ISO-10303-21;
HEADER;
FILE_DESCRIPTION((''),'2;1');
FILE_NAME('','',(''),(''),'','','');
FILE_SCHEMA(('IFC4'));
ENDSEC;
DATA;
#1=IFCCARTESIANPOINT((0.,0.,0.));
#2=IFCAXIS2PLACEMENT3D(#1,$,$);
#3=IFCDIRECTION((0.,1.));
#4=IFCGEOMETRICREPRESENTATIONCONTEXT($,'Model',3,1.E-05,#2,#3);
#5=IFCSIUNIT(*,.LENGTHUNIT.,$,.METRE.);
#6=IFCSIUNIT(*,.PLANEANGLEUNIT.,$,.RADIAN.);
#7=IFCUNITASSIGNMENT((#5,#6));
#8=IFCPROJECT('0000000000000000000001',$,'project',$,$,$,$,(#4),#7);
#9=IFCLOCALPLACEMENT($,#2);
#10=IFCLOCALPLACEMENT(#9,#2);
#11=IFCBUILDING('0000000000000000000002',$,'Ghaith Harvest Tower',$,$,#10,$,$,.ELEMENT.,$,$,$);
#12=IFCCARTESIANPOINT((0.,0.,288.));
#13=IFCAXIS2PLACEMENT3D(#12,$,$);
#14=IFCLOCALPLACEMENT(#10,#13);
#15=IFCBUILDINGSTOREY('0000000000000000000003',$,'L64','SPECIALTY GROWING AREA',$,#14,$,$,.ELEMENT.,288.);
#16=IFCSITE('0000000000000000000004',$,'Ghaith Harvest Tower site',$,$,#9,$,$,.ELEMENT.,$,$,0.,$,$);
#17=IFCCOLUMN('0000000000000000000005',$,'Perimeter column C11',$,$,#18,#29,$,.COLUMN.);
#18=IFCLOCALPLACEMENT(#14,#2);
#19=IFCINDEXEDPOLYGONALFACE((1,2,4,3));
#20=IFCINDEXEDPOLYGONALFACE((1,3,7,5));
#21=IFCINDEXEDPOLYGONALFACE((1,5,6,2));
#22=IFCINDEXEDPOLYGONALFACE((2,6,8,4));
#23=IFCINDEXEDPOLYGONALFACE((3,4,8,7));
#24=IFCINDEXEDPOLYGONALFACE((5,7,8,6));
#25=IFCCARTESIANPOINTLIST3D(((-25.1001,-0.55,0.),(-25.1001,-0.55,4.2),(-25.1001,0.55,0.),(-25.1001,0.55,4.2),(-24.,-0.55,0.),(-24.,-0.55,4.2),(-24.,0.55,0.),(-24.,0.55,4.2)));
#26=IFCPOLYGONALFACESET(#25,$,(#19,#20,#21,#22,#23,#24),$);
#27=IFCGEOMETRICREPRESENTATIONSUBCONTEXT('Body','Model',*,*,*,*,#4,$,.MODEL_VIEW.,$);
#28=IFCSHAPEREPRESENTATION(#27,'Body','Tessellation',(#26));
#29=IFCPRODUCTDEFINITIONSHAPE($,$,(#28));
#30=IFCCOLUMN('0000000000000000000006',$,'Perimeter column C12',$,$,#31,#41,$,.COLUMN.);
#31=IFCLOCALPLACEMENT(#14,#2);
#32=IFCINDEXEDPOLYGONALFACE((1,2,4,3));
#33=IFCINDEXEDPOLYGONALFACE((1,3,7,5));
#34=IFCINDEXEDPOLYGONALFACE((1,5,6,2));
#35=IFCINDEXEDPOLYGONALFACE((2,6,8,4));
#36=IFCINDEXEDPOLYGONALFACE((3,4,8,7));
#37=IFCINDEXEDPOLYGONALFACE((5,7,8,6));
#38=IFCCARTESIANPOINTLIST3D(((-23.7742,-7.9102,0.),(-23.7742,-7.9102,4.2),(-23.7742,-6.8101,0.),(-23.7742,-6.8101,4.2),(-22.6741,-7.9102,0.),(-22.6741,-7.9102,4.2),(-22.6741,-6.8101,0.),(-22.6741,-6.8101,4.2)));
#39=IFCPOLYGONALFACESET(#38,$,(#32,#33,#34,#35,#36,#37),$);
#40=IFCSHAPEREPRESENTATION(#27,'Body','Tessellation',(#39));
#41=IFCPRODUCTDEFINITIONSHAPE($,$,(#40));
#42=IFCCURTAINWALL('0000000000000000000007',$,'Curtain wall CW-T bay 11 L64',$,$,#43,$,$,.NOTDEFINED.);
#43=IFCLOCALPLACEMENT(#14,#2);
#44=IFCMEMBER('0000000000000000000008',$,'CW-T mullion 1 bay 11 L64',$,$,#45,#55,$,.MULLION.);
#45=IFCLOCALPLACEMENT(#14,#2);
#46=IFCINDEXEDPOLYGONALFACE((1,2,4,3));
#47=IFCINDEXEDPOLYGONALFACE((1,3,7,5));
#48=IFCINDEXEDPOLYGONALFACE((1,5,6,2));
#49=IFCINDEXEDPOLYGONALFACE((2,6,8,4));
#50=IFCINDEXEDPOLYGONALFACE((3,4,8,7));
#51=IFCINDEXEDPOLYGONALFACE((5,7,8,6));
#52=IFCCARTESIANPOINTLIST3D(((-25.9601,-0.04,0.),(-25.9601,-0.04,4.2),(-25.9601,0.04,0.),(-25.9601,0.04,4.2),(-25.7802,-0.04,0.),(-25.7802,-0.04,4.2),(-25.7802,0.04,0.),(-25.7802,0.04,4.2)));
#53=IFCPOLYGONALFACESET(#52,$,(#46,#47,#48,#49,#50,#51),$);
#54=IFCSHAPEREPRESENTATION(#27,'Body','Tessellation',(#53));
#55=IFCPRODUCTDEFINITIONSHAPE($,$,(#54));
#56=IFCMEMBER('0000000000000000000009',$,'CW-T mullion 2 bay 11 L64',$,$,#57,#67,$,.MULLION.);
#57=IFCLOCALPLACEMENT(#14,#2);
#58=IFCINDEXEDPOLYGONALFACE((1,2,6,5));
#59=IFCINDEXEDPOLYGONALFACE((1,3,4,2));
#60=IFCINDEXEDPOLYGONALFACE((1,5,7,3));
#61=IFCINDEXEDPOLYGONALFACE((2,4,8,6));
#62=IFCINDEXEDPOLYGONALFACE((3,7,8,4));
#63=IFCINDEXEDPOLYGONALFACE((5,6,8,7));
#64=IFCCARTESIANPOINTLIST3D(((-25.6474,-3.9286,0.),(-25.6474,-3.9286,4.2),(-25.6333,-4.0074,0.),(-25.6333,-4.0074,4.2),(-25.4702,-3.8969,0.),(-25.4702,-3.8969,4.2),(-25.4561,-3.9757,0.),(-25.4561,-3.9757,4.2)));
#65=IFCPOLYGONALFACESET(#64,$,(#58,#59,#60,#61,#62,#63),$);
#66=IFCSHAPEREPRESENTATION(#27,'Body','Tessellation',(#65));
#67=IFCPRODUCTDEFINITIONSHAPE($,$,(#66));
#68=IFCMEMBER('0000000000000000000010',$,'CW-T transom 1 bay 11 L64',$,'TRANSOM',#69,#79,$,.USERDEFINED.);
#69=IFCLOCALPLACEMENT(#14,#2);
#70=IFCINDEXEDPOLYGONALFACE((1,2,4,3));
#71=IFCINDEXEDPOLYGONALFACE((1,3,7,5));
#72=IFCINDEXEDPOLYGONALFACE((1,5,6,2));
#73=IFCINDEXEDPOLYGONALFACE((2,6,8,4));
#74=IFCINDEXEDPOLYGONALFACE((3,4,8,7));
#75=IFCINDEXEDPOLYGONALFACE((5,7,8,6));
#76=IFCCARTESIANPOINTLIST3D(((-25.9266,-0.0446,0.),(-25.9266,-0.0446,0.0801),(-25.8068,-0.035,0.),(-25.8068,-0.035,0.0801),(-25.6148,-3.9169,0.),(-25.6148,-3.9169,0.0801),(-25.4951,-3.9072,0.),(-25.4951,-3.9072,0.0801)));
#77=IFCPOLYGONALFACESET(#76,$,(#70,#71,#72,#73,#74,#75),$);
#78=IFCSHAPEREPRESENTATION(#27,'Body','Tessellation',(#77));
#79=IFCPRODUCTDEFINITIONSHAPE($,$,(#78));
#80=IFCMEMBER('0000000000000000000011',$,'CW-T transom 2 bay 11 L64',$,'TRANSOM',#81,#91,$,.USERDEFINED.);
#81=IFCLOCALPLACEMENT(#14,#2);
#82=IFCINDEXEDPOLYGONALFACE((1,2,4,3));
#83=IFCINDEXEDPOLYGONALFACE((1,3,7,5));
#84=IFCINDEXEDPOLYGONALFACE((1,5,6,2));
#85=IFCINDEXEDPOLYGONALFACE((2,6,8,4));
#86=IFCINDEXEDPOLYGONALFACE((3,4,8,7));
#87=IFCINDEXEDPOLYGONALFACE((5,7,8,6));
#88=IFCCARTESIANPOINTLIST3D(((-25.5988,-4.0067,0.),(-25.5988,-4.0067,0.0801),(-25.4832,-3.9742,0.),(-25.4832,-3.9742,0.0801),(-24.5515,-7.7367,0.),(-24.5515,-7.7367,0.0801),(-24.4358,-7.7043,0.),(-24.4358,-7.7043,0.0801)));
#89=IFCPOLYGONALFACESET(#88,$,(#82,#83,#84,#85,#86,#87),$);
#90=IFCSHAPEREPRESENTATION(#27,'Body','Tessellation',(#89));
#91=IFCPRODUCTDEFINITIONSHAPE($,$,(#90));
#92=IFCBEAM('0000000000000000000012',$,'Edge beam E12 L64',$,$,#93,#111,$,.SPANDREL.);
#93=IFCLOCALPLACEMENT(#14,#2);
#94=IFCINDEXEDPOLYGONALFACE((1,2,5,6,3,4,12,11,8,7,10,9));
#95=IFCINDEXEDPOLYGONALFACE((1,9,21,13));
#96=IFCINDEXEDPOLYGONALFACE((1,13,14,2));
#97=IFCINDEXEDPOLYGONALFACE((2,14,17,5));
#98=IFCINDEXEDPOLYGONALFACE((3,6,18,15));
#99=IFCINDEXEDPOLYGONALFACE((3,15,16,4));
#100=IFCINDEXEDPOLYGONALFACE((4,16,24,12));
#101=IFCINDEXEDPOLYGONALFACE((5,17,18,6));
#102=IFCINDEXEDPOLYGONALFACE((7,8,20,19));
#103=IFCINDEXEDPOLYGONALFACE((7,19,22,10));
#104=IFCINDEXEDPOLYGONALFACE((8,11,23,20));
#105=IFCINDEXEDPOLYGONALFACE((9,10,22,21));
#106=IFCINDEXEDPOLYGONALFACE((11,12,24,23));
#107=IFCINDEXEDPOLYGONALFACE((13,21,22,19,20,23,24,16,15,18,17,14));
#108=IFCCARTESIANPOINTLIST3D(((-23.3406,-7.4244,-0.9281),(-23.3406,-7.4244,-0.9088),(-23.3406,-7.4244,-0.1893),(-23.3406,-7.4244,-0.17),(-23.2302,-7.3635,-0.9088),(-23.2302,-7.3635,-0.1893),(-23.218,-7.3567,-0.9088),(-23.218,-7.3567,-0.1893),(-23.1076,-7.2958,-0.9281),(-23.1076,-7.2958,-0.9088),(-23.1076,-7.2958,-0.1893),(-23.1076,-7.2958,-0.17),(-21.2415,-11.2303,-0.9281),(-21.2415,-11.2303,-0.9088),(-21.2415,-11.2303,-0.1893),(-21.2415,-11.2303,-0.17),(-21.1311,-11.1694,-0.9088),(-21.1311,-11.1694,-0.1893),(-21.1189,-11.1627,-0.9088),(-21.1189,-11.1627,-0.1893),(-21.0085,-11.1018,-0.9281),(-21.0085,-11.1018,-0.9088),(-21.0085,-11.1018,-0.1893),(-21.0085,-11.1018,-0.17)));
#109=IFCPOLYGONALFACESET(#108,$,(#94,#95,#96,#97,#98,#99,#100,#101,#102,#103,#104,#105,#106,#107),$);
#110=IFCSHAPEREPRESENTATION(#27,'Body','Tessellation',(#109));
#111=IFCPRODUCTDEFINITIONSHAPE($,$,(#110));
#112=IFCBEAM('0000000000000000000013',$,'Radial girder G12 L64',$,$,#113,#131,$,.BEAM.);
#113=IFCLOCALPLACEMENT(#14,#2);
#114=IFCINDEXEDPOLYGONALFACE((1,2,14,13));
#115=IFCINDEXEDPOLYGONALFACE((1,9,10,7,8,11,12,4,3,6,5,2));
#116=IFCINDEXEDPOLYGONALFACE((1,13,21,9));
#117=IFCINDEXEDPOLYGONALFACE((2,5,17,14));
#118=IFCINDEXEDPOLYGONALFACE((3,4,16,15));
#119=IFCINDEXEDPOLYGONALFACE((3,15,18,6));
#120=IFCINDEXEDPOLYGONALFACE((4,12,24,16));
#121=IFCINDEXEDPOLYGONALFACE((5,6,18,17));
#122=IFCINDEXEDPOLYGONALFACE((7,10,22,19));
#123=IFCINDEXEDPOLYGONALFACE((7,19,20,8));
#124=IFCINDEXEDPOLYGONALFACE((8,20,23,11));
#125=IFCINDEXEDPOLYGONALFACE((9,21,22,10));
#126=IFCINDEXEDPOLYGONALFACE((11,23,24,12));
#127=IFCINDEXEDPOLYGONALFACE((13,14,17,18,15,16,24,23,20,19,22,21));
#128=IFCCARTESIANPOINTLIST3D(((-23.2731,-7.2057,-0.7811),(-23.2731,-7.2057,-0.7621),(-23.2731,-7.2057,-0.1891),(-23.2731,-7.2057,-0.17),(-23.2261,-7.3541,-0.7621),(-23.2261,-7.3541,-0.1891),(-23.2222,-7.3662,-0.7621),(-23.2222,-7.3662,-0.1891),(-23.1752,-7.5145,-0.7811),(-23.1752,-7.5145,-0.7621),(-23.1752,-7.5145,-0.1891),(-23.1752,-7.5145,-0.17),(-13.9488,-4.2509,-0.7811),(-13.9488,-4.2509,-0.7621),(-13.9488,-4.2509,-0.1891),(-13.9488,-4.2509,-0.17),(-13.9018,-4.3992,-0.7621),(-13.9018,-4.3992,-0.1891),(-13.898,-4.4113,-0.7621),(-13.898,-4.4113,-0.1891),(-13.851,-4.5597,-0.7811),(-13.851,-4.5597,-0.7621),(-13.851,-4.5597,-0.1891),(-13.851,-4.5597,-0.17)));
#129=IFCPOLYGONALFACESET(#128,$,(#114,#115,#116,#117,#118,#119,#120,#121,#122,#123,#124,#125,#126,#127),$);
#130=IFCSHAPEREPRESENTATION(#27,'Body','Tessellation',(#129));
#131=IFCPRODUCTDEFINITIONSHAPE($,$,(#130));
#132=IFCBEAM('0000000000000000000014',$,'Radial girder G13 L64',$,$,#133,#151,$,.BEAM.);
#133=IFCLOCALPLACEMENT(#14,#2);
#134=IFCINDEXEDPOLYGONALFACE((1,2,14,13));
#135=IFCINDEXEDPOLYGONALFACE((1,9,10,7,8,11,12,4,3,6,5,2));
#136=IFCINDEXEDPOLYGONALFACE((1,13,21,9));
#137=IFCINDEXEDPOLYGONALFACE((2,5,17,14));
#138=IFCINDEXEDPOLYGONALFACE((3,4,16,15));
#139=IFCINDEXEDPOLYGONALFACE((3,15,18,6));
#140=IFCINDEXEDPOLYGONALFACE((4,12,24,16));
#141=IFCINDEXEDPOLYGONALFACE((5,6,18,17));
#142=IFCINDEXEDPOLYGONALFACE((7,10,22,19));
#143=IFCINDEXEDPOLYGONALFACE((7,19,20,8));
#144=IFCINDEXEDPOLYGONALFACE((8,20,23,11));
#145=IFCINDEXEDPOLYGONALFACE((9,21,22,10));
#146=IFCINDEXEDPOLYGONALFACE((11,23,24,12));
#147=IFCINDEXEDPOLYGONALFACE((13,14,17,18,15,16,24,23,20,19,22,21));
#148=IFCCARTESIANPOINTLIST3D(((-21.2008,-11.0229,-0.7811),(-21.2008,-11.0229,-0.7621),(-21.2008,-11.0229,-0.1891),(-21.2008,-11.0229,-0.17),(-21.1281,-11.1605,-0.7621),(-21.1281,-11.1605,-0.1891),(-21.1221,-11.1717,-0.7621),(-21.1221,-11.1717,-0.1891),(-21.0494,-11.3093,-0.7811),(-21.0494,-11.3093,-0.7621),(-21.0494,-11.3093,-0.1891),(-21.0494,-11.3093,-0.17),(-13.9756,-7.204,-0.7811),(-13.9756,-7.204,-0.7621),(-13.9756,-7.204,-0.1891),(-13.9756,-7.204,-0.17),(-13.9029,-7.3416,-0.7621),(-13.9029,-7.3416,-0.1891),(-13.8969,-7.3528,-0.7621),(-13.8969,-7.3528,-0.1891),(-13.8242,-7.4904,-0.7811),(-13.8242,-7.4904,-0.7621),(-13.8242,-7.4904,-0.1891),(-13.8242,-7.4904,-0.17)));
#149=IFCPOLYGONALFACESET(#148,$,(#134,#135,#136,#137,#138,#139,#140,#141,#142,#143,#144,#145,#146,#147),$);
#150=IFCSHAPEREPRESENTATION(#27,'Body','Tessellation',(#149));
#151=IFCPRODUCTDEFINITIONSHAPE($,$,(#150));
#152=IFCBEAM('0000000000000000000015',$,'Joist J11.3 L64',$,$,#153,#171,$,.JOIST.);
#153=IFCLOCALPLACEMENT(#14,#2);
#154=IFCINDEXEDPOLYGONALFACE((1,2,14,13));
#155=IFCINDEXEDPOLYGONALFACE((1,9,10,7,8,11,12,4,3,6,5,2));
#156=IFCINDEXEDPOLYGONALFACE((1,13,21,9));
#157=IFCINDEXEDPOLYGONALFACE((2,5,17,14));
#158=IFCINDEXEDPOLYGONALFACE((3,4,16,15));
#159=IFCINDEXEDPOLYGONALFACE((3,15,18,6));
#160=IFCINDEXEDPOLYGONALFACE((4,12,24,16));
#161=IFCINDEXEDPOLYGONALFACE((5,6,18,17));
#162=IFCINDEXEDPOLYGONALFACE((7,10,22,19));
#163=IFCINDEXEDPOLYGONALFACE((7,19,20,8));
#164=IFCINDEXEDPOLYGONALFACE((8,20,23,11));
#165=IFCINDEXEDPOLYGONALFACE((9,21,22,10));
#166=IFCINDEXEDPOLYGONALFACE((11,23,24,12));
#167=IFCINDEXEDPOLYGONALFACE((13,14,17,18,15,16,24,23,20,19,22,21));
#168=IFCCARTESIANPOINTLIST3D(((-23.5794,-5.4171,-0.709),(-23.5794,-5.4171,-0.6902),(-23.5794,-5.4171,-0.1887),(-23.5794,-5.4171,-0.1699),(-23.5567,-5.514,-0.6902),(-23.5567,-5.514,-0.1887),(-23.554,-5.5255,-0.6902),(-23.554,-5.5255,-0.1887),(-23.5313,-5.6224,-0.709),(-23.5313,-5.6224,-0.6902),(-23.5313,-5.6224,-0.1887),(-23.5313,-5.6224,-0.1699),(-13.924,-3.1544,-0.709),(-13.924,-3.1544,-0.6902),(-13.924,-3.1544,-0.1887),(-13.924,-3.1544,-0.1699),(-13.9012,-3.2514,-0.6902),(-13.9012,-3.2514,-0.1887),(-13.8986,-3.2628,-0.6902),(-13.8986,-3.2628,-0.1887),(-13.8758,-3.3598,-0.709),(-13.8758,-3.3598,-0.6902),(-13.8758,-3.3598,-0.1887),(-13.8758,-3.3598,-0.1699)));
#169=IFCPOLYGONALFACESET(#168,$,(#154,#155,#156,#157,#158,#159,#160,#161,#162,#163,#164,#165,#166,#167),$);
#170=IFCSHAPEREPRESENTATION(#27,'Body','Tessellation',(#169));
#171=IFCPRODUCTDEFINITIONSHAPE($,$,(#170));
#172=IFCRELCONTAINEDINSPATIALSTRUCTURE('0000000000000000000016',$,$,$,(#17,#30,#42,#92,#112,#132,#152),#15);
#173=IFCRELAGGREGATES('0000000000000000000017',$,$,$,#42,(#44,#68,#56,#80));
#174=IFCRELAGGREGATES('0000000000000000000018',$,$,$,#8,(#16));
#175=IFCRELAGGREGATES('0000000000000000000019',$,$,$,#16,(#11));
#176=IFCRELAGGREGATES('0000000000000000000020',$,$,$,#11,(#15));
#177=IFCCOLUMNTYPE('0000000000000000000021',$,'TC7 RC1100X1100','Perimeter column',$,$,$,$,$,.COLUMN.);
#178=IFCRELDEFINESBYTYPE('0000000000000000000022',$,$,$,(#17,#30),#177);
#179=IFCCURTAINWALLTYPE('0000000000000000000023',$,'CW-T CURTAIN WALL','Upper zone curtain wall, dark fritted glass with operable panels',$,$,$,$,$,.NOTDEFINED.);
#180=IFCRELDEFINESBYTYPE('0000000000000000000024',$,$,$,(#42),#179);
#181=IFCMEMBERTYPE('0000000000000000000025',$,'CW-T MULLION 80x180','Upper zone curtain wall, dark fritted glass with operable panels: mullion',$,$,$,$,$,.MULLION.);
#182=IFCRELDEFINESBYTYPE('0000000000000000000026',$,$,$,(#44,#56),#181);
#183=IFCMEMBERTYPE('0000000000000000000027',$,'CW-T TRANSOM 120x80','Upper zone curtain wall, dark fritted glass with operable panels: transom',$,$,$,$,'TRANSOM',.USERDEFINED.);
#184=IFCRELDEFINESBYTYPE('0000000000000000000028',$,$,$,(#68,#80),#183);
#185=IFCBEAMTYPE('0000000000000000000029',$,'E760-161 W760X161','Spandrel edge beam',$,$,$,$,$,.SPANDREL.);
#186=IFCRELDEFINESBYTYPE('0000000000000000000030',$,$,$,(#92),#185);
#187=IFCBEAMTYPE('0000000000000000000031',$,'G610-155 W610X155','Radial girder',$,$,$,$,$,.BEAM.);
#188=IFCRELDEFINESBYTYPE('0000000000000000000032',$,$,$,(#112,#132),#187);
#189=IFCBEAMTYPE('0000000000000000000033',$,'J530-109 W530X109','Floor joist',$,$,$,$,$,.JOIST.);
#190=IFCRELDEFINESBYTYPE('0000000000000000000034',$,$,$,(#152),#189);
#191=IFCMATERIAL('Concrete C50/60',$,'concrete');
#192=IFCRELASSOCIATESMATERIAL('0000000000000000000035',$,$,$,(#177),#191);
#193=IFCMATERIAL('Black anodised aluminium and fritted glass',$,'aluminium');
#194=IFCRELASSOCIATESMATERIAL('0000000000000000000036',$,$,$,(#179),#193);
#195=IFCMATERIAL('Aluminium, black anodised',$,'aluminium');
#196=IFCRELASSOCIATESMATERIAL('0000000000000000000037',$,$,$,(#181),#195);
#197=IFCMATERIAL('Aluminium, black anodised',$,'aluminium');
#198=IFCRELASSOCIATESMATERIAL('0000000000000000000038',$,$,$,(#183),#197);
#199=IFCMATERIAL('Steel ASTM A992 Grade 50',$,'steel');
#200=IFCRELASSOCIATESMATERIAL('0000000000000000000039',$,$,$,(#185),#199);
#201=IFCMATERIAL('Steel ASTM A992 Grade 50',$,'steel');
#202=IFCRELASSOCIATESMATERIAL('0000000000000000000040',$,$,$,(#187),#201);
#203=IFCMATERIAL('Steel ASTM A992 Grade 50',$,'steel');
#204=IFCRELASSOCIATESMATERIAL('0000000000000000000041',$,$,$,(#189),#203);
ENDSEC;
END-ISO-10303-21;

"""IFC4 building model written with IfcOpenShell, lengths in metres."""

from ifc_helpers import new_model, si_unit, direction, frame, origin, origin_2d, place, context, subcontext, project, spatial, rectangle, i_section, extrude, material, material_profile, profile_set, type_object, element, aggregate, save


model = new_model("IFC4")

# Units and contexts
model_context = context("Model", 3, precision=1e-05, world=origin(), true_north=direction((0.0, 1.0)))
body_context = subcontext(model_context, "Body", "Model", "MODEL_VIEW")
ifc_project = project(units=[si_unit("LENGTHUNIT", "METRE"), si_unit("PLANEANGLEUNIT", "RADIAN")], contexts=[model_context])

# Site, building, storey
site_placement = place(None, origin())
site = spatial("IfcSite", under=ifc_project, at=site_placement, Name="Ghaith Harvest Tower site", CompositionType="ELEMENT", RefElevation=0.0)
building_placement = place(site_placement, origin())
building = spatial("IfcBuilding", under=site, at=building_placement, Name="Ghaith Harvest Tower", CompositionType="ELEMENT")
storey_placement = place(building_placement, frame((0.0, 0.0, 288.0)))
storey = spatial("IfcBuildingStorey", under=building, at=storey_placement, Name="L64", Description="SPECIALTY GROWING AREA", CompositionType="ELEMENT", Elevation=288.0)

# Columns
ifc_material_1 = material(Name="Concrete C50/60", Category="concrete")
ifc_material_profile_1 = material_profile(ifc_material_1, rectangle(XDim=1.1001, YDim=1.1001, at=origin_2d()), Name="RC1100X1100")
ifc_profile_set_1 = profile_set([ifc_material_profile_1], Name="Concrete C50/60")
column_type = type_object("IfcColumnType", Name="TC7 RC1100X1100", Description="Perimeter column", PredefinedType="COLUMN", material=ifc_profile_set_1)
for number, where, z_axis, x_axis, name in (
    (1, (-24.55, 0.0, 0.0), (0.0, 0.0, 1.0), (1.0, 0.0, 0.0), "Perimeter column C11"),
    (2, (-23.2241, -7.3601, 0.0), (0.0, 0.0, 1.0), (1.0, 0.0, 0.0), "Perimeter column C12"),
):
    element("IfcColumn", number, at=place(storey_placement, frame(where, z_axis=z_axis, x_axis=x_axis)), inside=storey, type_object=column_type, Name=name, PredefinedType="COLUMN", context=body_context, shape_type="SweptSolid", body=[
        extrude(rectangle(XDim=1.1001, YDim=1.1001, at=origin_2d()), origin(), (0.0, 0.0, 1.0), 4.2),
    ])

# Curtain wall, members
ifc_material_2 = material(Name="Black anodised aluminium and fritted glass", Category="aluminium")
curtain_wall_type = type_object("IfcCurtainWallType", Name="CW-T CURTAIN WALL", Description="Upper zone curtain wall, dark fritted glass with operable panels", PredefinedType="NOTDEFINED", material=ifc_material_2)
curtain_wall_placement = place(storey_placement, origin())
curtain_wall = element("IfcCurtainWall", 3, at=curtain_wall_placement, inside=storey, type_object=curtain_wall_type, Name="Curtain wall CW-T bay 11 L64", PredefinedType="NOTDEFINED")
ifc_material_3 = material(Name="Aluminium, black anodised", Category="aluminium")
ifc_material_profile_2 = material_profile(ifc_material_3, rectangle(XDim=0.0801, YDim=0.1799, at=origin_2d()), Name="CW-T MULLION 80x180")
ifc_profile_set_2 = profile_set([ifc_material_profile_2], Name="Aluminium, black anodised")
member_type_1 = type_object("IfcMemberType", Name="CW-T MULLION 80x180", Description="Upper zone curtain wall, dark fritted glass with operable panels: mullion", PredefinedType="MULLION", material=ifc_profile_set_2)
member_1_placement = place(storey_placement, frame((-25.8701, 0.0, 0.0), z_axis=(0.0, 0.0, 1.0), x_axis=(0.0, -1.0, 0.0)))
member_1 = element("IfcMember", 4, at=member_1_placement, type_object=member_type_1, Name="CW-T mullion 1 bay 11 L64", PredefinedType="MULLION", context=body_context, shape_type="SweptSolid", body=[
    extrude(rectangle(XDim=0.0801, YDim=0.1799, at=origin_2d()), origin(), (0.0, 0.0, 1.0), 4.2),
])
member_2_placement = place(storey_placement, frame((-25.5518, -3.9521, 0.0), z_axis=(0.0, 0.0, 1.0), x_axis=(0.176001, -0.98439, 0.0)))
member_2 = element("IfcMember", 5, at=member_2_placement, type_object=member_type_1, Name="CW-T mullion 2 bay 11 L64", PredefinedType="MULLION", context=body_context, shape_type="SweptSolid", body=[
    extrude(rectangle(XDim=0.0801, YDim=0.1799, at=origin_2d()), origin(), (0.0, 0.0, 1.0), 4.2),
])
ifc_material_4 = material(Name="Aluminium, black anodised", Category="aluminium")
ifc_material_profile_3 = material_profile(ifc_material_4, rectangle(XDim=0.1201, YDim=0.0801, at=origin_2d()), Name="CW-T TRANSOM 120x80")
ifc_profile_set_3 = profile_set([ifc_material_profile_3], Name="Aluminium, black anodised")
member_type_2 = type_object("IfcMemberType", Name="CW-T TRANSOM 120x80", Description="Upper zone curtain wall, dark fritted glass with operable panels: transom", ElementType="TRANSOM", PredefinedType="USERDEFINED", material=ifc_profile_set_3)
member_3_placement = place(storey_placement, frame((-25.8667, -0.0398, 0.04), z_axis=(0.080252, -0.996775, 0.0), x_axis=(0.996775, 0.080252, 0.0)))
member_3 = element("IfcMember", 6, at=member_3_placement, type_object=member_type_2, Name="CW-T transom 1 bay 11 L64", ObjectType="TRANSOM", PredefinedType="USERDEFINED", context=body_context, shape_type="SweptSolid", body=[
    extrude(rectangle(XDim=0.1201, YDim=0.0801, at=origin_2d()), origin(), (0.0, 0.0, 1.0), 3.8848),
])
member_4_placement = place(storey_placement, frame((-25.541, -3.9905, 0.04), z_axis=(0.27034, -0.962765, 0.0), x_axis=(0.962765, 0.27034, 0.0)))
member_4 = element("IfcMember", 7, at=member_4_placement, type_object=member_type_2, Name="CW-T transom 2 bay 11 L64", ObjectType="TRANSOM", PredefinedType="USERDEFINED", context=body_context, shape_type="SweptSolid", body=[
    extrude(rectangle(XDim=0.1201, YDim=0.0801, at=origin_2d()), origin(), (0.0, 0.0, 1.0), 3.8743),
])

# Beams
ifc_material_5 = material(Name="Steel ASTM A992 Grade 50", Category="steel")
ifc_material_profile_4 = material_profile(ifc_material_5, i_section(OverallWidth=0.2661, OverallDepth=0.7581, WebThickness=0.0139, FlangeThickness=0.0193, at=origin_2d()), Name="W760X161")
ifc_profile_set_4 = profile_set([ifc_material_profile_4], Name="Steel ASTM A992 Grade 50")
beam_type_1 = type_object("IfcBeamType", Name="E760-161 W760X161", Description="Spandrel edge beam", PredefinedType="SPANDREL", material=ifc_profile_set_4)
beam_1_placement = place(storey_placement, frame((-23.2241, -7.3601, -0.5491), z_axis=(0.482956, -0.875645, 0.0), x_axis=(0.875645, 0.482956, 0.0)))
element("IfcBeam", 8, at=beam_1_placement, inside=storey, type_object=beam_type_1, Name="Edge beam E12 L64", PredefinedType="SPANDREL", context=body_context, shape_type="SweptSolid", body=[
    extrude(i_section(OverallWidth=0.2661, OverallDepth=0.7581, WebThickness=0.0139, FlangeThickness=0.0193, at=origin_2d()), origin(), (0.0, 0.0, 1.0), 4.3464),
])
ifc_material_6 = material(Name="Steel ASTM A992 Grade 50", Category="steel")
ifc_material_profile_5 = material_profile(ifc_material_6, i_section(OverallWidth=0.324, OverallDepth=0.6111, WebThickness=0.0127, FlangeThickness=0.019, at=origin_2d()), Name="W610X155")
ifc_profile_set_5 = profile_set([ifc_material_profile_5], Name="Steel ASTM A992 Grade 50")
beam_type_2 = type_object("IfcBeamType", Name="G610-155 W610X155", Description="Radial girder", PredefinedType="BEAM", material=ifc_profile_set_5)
beam_2_placement = place(storey_placement, frame((-13.8999, -4.4053, -0.4756), z_axis=(-0.953279, -0.302093, 0.0), x_axis=(0.302093, -0.953279, 0.0)))
element("IfcBeam", 9, at=beam_2_placement, inside=storey, type_object=beam_type_2, Name="Radial girder G12 L64", PredefinedType="BEAM", context=body_context, shape_type="SweptSolid", body=[
    extrude(i_section(OverallWidth=0.324, OverallDepth=0.6111, WebThickness=0.0127, FlangeThickness=0.019, at=origin_2d()), origin(), (0.0, 0.0, 1.0), 9.7812),
])
beam_3_placement = place(storey_placement, frame((-13.8999, -7.3472, -0.4756), z_axis=(-0.884102, -0.467295, 0.0), x_axis=(0.467295, -0.884102, 0.0)))
element("IfcBeam", 10, at=beam_3_placement, inside=storey, type_object=beam_type_2, Name="Radial girder G13 L64", PredefinedType="BEAM", context=body_context, shape_type="SweptSolid", body=[
    extrude(i_section(OverallWidth=0.324, OverallDepth=0.6111, WebThickness=0.0127, FlangeThickness=0.019, at=origin_2d()), origin(), (0.0, 0.0, 1.0), 8.1724),
])
ifc_material_7 = material(Name="Steel ASTM A992 Grade 50", Category="steel")
ifc_material_profile_6 = material_profile(ifc_material_7, i_section(OverallWidth=0.2109, OverallDepth=0.5391, WebThickness=0.0117, FlangeThickness=0.0188, at=origin_2d()), Name="W530X109")
ifc_profile_set_6 = profile_set([ifc_material_profile_6], Name="Steel ASTM A992 Grade 50")
beam_type_3 = type_object("IfcBeamType", Name="J530-109 W530X109", Description="Floor joist", PredefinedType="JOIST", material=ifc_profile_set_6)
beam_4_placement = place(storey_placement, frame((-13.8999, -3.2571, -0.4395), z_axis=(-0.973623, -0.228161, 0.0), x_axis=(0.228161, -0.973623, 0.0)))
element("IfcBeam", 11, at=beam_4_placement, inside=storey, type_object=beam_type_3, Name="Joist J11.3 L64", PredefinedType="JOIST", context=body_context, shape_type="SweptSolid", body=[
    extrude(i_section(OverallWidth=0.2109, OverallDepth=0.5391, WebThickness=0.0117, FlangeThickness=0.0188, at=origin_2d()), origin(), (0.0, 0.0, 1.0), 9.917),
])

aggregate(curtain_wall, [member_1, member_3, member_2, member_4])

save(model, "model.ifc")
